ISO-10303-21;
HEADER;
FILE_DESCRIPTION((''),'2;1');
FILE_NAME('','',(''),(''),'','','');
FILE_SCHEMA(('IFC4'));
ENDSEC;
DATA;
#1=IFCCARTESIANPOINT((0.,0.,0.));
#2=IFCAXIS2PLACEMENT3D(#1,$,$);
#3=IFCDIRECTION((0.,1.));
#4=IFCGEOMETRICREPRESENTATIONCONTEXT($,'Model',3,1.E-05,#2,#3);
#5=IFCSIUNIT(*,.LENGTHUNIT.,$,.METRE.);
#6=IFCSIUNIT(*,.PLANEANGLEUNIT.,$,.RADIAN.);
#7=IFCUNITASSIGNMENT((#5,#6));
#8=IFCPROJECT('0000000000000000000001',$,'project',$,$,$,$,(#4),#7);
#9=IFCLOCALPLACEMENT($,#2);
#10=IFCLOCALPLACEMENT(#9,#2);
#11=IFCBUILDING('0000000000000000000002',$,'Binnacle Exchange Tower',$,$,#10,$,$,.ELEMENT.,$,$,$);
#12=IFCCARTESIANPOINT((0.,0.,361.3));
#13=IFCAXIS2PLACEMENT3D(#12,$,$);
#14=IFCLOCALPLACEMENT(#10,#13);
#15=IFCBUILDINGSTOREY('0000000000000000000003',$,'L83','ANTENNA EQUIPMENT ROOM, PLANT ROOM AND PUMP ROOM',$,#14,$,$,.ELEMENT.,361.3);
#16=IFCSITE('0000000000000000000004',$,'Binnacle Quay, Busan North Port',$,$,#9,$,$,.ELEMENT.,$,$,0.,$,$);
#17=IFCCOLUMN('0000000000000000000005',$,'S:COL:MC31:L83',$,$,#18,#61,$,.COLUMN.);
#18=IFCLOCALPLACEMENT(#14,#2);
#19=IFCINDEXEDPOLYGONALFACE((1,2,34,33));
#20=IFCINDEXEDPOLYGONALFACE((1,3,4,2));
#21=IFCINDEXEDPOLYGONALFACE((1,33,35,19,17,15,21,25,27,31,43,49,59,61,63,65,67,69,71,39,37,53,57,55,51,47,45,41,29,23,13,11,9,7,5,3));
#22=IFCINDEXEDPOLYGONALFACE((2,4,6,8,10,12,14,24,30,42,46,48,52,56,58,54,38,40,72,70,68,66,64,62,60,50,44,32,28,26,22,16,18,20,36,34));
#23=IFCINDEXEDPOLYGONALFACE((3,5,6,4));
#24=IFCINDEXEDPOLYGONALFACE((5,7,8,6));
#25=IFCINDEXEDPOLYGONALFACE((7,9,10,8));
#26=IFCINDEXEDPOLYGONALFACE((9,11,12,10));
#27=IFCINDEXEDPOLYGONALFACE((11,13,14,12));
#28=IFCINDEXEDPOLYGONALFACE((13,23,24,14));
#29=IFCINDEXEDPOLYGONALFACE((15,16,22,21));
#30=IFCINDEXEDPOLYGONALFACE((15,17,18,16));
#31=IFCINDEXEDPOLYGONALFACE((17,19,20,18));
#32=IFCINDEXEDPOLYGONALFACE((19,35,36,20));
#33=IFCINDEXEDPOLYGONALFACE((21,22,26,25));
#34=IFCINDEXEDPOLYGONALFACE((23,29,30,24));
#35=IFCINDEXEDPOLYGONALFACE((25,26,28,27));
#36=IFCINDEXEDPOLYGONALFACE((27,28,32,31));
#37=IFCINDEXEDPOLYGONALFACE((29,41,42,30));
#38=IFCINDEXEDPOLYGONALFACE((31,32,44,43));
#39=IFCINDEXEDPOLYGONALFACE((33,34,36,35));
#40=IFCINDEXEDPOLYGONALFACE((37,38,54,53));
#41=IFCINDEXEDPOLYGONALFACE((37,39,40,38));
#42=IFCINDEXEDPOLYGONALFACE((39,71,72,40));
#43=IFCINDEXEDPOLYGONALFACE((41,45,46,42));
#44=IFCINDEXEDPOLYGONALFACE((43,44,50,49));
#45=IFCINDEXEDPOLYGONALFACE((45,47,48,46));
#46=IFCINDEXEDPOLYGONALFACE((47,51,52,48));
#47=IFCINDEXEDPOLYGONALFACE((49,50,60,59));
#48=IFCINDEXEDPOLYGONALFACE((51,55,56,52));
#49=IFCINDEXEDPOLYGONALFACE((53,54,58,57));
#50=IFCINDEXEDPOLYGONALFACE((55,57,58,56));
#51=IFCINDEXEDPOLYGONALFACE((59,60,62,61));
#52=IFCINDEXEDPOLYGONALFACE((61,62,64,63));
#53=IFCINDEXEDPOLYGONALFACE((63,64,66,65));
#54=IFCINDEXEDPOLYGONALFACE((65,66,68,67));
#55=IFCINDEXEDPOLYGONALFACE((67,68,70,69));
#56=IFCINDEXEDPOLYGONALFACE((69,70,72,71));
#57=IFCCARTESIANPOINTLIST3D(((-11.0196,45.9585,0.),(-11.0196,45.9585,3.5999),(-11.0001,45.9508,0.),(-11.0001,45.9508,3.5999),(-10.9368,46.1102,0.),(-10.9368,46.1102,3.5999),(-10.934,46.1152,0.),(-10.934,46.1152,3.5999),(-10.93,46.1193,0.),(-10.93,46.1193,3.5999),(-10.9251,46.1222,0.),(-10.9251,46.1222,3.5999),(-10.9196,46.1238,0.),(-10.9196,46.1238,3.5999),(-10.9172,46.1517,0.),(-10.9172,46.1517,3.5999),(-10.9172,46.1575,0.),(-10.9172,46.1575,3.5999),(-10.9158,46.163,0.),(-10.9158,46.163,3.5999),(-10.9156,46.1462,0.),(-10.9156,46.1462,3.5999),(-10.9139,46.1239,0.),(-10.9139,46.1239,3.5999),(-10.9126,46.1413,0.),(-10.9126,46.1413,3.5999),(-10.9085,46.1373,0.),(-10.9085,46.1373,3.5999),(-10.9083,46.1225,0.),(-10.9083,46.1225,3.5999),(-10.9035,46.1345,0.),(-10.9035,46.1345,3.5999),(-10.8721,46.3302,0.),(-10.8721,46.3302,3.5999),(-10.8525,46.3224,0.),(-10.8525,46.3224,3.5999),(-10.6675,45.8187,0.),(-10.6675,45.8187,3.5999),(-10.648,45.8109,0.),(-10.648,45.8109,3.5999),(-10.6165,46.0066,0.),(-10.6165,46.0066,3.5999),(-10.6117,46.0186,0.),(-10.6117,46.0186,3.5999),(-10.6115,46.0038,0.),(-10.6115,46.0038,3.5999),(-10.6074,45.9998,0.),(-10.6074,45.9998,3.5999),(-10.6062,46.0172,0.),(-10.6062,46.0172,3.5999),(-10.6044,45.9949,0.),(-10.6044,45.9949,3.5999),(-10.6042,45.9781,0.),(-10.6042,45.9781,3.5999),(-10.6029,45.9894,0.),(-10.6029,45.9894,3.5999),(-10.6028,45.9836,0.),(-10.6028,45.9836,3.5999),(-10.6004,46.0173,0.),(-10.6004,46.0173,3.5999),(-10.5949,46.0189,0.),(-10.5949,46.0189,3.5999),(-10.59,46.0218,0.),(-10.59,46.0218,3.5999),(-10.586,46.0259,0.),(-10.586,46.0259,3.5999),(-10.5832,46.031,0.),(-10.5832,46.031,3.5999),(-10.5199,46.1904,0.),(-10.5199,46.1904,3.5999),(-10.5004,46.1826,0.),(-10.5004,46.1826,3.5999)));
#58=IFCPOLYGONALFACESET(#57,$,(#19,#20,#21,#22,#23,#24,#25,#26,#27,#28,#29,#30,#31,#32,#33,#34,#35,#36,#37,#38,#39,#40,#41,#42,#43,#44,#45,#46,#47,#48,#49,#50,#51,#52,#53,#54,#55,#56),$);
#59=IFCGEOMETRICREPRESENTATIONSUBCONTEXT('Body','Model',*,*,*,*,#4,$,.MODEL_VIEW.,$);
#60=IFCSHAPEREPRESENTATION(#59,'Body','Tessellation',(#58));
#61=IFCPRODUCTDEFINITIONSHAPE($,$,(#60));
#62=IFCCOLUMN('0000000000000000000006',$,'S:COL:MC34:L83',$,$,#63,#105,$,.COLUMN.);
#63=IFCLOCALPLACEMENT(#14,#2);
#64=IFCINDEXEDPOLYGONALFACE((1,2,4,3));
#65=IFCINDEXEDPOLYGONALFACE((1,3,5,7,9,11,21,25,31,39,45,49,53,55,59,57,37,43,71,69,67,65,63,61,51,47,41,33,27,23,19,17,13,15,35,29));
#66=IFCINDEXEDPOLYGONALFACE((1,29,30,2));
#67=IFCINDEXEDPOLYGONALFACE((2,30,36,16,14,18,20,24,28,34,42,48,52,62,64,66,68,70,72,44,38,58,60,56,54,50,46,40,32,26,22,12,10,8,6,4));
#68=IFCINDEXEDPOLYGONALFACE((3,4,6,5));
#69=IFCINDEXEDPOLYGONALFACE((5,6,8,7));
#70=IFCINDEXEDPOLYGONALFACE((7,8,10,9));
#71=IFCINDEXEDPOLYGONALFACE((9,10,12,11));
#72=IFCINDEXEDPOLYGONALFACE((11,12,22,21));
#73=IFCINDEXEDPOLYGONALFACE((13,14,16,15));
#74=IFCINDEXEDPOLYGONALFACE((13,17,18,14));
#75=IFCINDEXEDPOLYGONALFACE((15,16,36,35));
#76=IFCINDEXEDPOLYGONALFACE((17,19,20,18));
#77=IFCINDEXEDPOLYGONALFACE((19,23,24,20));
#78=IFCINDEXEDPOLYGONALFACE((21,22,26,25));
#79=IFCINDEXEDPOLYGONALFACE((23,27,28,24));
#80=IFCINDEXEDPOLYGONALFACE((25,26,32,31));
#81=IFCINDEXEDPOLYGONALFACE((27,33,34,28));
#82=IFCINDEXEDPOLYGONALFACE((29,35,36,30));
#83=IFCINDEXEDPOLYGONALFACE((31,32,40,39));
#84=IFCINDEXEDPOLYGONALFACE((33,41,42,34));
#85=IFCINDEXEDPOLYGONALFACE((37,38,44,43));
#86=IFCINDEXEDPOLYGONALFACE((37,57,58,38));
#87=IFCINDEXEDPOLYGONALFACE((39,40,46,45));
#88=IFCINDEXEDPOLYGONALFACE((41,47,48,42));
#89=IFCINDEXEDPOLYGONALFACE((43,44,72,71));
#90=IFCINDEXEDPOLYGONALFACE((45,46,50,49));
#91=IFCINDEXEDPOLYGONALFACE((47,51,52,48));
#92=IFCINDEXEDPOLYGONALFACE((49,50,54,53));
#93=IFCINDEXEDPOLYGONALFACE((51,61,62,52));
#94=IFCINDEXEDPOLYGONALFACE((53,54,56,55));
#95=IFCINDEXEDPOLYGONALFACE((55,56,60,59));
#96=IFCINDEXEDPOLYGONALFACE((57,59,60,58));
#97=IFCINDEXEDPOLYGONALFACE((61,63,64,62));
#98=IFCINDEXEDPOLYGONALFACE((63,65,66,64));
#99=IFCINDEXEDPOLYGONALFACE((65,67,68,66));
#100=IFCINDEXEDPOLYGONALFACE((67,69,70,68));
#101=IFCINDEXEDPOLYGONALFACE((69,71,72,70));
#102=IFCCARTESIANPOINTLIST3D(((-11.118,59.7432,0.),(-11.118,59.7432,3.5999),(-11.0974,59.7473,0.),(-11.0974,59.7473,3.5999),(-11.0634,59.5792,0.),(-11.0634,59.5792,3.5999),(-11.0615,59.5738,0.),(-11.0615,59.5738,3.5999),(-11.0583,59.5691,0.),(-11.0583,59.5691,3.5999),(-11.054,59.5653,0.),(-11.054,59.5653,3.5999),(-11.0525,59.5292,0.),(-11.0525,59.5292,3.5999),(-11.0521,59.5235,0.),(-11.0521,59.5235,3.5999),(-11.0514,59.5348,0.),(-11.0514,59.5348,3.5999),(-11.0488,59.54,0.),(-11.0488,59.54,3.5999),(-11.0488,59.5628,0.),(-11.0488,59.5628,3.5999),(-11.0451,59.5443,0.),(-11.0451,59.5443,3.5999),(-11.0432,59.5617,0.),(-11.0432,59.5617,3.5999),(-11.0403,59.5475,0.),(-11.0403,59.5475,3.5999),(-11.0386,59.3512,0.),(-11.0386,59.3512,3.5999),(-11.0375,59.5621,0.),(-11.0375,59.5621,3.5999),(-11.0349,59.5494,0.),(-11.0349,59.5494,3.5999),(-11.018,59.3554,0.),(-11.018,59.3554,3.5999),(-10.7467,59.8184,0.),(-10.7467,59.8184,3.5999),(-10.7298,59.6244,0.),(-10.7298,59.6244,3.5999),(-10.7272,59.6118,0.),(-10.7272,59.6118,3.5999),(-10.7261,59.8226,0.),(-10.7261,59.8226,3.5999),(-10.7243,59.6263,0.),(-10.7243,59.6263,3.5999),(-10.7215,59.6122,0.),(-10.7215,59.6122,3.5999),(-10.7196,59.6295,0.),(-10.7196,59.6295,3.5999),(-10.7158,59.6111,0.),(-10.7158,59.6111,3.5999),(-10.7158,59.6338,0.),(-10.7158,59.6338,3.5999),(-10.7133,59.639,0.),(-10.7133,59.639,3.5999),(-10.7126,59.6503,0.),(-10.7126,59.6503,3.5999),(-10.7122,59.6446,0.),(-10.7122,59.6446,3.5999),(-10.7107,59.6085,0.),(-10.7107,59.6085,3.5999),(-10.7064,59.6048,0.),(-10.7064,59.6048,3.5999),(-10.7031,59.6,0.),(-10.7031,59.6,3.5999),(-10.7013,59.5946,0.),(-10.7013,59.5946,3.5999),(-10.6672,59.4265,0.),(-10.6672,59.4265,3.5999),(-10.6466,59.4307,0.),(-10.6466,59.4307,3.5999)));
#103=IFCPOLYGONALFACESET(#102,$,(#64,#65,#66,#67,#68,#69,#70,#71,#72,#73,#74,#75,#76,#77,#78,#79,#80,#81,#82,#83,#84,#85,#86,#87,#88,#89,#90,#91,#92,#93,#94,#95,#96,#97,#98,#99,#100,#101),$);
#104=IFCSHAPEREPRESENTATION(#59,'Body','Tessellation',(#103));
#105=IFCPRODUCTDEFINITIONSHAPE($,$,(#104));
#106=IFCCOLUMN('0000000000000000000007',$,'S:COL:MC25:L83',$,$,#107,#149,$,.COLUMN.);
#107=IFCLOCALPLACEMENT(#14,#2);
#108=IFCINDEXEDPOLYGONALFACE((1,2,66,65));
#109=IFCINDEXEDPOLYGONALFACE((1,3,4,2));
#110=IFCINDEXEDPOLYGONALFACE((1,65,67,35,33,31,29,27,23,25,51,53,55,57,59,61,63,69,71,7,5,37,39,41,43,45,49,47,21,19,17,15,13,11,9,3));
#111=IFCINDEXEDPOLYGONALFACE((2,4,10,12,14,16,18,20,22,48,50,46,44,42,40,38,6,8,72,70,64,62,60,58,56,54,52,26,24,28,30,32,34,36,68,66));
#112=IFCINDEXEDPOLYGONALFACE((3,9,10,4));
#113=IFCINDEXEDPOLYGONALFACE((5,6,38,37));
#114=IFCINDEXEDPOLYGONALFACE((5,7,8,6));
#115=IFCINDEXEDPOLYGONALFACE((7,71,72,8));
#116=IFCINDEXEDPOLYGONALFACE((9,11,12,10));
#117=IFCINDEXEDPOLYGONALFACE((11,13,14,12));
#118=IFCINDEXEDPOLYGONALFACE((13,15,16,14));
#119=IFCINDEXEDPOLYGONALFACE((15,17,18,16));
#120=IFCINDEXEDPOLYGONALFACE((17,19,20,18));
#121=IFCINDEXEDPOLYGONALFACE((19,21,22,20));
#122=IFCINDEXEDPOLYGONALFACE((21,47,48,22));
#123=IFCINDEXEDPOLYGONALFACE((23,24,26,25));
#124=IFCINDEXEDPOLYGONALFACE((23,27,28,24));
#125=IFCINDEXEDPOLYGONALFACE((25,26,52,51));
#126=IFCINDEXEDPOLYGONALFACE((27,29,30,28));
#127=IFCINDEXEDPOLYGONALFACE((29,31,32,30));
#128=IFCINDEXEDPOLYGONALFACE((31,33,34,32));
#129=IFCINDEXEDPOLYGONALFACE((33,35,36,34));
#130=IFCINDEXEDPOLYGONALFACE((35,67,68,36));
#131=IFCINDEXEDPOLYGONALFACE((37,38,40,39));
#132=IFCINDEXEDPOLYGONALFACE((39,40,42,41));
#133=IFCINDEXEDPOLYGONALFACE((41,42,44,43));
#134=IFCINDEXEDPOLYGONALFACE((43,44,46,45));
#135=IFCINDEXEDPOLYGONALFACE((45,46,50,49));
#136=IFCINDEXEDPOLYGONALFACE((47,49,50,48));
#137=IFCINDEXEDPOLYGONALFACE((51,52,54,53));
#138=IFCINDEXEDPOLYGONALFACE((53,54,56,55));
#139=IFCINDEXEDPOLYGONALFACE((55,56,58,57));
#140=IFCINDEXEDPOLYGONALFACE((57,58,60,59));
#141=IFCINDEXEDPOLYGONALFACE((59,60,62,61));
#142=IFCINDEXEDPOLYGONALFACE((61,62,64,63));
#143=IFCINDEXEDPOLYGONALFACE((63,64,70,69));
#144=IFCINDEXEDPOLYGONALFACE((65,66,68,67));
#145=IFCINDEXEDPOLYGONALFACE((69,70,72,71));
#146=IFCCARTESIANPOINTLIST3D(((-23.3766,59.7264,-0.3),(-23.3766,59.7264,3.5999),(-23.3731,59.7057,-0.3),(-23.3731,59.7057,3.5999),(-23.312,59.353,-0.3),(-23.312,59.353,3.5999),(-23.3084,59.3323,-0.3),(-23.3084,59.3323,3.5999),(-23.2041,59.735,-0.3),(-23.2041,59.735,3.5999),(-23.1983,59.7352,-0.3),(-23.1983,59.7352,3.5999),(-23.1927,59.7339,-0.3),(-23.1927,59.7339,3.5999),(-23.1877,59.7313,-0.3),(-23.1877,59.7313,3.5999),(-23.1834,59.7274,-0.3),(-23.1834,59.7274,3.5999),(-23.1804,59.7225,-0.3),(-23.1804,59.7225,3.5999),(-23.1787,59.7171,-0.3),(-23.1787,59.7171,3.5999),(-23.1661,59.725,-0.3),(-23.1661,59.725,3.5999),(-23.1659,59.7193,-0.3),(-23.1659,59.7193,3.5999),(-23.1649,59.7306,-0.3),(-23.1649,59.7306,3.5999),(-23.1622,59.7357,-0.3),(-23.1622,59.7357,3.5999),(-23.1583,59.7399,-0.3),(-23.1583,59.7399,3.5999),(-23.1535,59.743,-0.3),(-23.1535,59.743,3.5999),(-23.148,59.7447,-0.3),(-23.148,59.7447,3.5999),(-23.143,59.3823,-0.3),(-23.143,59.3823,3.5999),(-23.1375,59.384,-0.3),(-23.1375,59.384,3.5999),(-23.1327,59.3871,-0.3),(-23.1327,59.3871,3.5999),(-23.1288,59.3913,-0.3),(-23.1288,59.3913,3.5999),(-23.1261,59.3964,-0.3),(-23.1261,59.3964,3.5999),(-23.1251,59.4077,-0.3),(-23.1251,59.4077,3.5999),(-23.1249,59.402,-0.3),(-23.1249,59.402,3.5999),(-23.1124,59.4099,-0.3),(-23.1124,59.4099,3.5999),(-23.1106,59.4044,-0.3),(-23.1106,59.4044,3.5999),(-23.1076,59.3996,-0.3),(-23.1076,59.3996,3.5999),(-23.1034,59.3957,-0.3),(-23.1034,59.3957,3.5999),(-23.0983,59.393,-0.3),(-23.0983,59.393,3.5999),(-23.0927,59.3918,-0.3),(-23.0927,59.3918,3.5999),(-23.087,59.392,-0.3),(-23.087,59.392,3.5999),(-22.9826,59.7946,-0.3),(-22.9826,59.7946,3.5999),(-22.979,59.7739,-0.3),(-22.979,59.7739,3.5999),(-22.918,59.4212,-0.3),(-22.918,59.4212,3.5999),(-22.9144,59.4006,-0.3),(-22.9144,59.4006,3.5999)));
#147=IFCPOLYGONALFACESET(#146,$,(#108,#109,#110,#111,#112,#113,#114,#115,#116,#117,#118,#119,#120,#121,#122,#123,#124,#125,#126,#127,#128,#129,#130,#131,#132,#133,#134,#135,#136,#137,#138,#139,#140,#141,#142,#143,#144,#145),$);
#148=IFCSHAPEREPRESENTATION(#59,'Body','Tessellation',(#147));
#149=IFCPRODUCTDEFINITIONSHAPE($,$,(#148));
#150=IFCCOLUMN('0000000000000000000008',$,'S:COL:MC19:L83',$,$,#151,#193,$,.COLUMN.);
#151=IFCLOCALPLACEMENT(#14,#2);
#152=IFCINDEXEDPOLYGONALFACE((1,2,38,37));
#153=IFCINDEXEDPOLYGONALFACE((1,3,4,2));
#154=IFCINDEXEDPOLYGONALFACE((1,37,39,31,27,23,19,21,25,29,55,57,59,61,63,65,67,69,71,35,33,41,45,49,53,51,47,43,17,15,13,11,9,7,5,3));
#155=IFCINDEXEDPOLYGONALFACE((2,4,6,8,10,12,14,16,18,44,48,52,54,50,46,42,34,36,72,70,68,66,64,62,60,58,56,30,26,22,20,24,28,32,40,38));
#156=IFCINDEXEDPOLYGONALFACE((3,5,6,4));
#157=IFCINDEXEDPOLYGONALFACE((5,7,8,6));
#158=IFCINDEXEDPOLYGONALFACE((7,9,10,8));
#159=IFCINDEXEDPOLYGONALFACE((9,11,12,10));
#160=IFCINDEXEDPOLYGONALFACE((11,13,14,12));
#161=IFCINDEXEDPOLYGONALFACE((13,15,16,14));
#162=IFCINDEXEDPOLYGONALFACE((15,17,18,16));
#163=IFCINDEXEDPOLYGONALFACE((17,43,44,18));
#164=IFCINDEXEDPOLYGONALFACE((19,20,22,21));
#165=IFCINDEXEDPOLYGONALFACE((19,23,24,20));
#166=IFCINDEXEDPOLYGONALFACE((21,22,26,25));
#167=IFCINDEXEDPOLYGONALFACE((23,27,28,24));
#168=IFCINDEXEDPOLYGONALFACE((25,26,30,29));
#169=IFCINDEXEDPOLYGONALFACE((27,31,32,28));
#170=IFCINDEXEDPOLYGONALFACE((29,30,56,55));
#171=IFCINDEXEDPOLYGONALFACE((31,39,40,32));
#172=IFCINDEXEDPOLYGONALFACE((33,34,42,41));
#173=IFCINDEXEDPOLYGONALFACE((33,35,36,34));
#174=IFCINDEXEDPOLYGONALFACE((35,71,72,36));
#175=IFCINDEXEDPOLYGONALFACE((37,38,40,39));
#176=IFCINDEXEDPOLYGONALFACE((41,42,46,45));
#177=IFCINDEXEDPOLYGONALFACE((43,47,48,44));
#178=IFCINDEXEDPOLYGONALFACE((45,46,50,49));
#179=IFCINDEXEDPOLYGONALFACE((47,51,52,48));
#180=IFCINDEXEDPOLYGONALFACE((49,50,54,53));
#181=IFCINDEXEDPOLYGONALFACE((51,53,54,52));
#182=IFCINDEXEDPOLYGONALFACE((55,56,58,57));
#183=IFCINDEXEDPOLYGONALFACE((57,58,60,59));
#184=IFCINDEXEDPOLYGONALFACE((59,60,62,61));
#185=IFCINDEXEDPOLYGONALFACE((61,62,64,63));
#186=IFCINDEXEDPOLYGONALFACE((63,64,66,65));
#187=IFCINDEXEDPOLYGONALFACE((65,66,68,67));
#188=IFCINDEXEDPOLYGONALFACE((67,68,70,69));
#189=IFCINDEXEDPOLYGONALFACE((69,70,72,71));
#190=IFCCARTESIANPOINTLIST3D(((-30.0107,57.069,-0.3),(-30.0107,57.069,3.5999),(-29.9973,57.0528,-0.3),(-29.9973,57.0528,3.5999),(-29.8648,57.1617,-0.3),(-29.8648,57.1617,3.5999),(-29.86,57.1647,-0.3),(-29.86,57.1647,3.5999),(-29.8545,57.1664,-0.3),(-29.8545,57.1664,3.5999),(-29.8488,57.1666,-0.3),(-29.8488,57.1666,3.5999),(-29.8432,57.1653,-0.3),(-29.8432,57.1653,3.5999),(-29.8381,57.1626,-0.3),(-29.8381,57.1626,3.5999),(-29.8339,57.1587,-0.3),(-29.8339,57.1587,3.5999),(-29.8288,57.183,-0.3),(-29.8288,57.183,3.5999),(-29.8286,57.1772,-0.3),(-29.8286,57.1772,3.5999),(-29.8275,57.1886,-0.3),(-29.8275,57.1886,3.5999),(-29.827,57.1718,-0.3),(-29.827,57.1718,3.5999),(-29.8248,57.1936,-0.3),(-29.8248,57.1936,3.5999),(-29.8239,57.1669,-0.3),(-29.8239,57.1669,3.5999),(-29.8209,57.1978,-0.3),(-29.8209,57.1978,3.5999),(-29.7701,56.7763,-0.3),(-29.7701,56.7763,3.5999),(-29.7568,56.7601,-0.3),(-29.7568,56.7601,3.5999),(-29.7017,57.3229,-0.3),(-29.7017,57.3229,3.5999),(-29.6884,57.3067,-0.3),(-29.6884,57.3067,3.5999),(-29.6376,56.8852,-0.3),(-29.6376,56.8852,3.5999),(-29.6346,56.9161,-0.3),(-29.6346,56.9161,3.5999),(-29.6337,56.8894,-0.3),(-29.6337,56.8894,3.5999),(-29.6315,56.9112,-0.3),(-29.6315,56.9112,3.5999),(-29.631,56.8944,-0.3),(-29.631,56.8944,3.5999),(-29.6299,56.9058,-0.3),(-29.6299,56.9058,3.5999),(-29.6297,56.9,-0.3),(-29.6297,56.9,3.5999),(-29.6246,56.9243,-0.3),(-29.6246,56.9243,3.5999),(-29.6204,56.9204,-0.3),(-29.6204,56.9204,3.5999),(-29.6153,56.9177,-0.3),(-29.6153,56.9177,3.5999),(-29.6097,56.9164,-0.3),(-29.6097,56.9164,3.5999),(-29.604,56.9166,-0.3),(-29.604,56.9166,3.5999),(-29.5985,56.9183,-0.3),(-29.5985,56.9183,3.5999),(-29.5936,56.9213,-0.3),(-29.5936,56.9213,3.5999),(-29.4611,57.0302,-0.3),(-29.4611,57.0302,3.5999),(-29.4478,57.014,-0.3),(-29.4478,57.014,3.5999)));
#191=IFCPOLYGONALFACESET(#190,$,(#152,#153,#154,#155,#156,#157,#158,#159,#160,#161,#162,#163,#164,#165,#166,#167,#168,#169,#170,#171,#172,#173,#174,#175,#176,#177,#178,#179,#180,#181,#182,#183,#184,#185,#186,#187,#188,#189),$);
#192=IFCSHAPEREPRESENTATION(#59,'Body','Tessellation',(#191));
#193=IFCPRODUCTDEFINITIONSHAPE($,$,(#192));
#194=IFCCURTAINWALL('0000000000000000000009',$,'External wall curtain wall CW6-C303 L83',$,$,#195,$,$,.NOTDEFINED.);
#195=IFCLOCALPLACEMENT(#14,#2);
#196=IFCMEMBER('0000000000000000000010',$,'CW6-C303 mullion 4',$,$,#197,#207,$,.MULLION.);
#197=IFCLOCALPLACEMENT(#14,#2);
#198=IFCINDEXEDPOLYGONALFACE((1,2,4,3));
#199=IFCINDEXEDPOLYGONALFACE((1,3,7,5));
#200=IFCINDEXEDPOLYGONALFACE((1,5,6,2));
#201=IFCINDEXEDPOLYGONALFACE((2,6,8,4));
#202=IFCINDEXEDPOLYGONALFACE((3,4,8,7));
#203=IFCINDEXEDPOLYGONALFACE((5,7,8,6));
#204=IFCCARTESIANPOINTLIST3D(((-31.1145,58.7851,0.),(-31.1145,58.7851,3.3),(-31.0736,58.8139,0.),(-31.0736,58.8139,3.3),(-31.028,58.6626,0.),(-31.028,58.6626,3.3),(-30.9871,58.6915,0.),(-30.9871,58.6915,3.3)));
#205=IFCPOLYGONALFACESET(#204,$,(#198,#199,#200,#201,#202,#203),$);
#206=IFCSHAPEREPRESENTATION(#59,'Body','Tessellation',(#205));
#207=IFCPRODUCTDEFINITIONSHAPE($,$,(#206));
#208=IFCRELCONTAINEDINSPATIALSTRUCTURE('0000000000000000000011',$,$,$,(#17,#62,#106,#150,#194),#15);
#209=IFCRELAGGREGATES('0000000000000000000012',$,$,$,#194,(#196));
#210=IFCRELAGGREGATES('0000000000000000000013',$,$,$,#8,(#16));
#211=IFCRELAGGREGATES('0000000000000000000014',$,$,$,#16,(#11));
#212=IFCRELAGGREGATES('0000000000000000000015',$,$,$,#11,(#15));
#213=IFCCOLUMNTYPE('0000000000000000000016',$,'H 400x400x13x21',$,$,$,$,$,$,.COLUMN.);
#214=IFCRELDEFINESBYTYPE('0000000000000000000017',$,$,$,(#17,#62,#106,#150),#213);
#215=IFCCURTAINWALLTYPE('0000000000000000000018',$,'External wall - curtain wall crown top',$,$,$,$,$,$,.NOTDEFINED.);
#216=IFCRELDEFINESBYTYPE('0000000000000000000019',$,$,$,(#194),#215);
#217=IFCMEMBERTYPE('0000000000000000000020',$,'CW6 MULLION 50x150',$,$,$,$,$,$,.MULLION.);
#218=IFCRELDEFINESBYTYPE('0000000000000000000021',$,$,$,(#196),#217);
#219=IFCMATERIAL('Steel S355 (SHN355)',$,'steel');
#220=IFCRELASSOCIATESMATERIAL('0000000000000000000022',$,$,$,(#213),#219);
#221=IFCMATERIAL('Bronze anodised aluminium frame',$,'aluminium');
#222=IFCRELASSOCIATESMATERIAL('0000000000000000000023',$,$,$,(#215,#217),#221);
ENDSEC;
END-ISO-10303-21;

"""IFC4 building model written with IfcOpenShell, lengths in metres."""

from ifc_helpers import new_model, si_unit, direction, frame, origin, origin_2d, place, context, subcontext, project, spatial, rectangle, i_section, extrude, material, material_profile, profile_set, type_object, element, aggregate, save


model = new_model("IFC4")

# Units and contexts
model_context = context("Model", 3, precision=1e-05, world=origin(), true_north=direction((0.0, 1.0)))
body_context = subcontext(model_context, "Body", "Model", "MODEL_VIEW")
ifc_project = project(units=[si_unit("LENGTHUNIT", "METRE"), si_unit("PLANEANGLEUNIT", "RADIAN")], contexts=[model_context])

# Site, building, storey
site_placement = place(None, origin())
site = spatial("IfcSite", under=ifc_project, at=site_placement, Name="Binnacle Quay, Busan North Port", CompositionType="ELEMENT", RefElevation=0.0)
building_placement = place(site_placement, origin())
building = spatial("IfcBuilding", under=site, at=building_placement, Name="Binnacle Exchange Tower", CompositionType="ELEMENT")
storey_placement = place(building_placement, frame((0.0, 0.0, 361.3)))
storey = spatial("IfcBuildingStorey", under=building, at=storey_placement, Name="L83", Description="ANTENNA EQUIPMENT ROOM, PLANT ROOM AND PUMP ROOM", CompositionType="ELEMENT", Elevation=361.3)

# Columns
ifc_material_1 = material(Name="Steel S355 (SHN355)", Category="steel")
ifc_material_profile_1 = material_profile(ifc_material_1, i_section(OverallWidth=0.3999, OverallDepth=0.3999, WebThickness=0.0129, FlangeThickness=0.021, FilletRadius=0.022, at=origin_2d()), Name="H 400x400x13x21")
ifc_profile_set_1 = profile_set([ifc_material_profile_1], Name="Steel S355 (SHN355)")
column_type = type_object("IfcColumnType", Name="H 400x400x13x21", PredefinedType="COLUMN", material=ifc_profile_set_1)
for number, where, z_axis, x_axis, name in (
    (1, (-10.76, 46.0706, 0.0), (0.0, 0.0, 1.0), (0.369033, 0.929416, 0.0), "S:COL:MC31:L83"),
    (2, (-10.8823, 59.5869, 0.0), (0.0, 0.0, 1.0), (-0.198667, 0.980067, 0.0), "S:COL:MC34:L83"),
):
    element("IfcColumn", number, at=place(storey_placement, frame(where, z_axis=z_axis, x_axis=x_axis)), inside=storey, type_object=column_type, Name=name, PredefinedType="COLUMN", context=body_context, shape_type="SweptSolid", body=[
        extrude(i_section(OverallWidth=0.3999, OverallDepth=0.3999, WebThickness=0.0129, FlangeThickness=0.021, FilletRadius=0.022, at=origin_2d()), origin(), (0.0, 0.0, 1.0), 3.5999),
    ])
for number, where, z_axis, x_axis, name in (
    (3, (-23.1455, 59.5635, -0.3), (0.0, 0.0, 1.0), (0.985345, 0.170571, 0.0), "S:COL:MC25:L83"),
    (4, (-29.7292, 57.0415, -0.3), (0.0, 0.0, 1.0), (-0.772556, -0.634946, 0.0), "S:COL:MC19:L83"),
):
    element("IfcColumn", number, at=place(storey_placement, frame(where, z_axis=z_axis, x_axis=x_axis)), inside=storey, type_object=column_type, Name=name, PredefinedType="COLUMN", context=body_context, shape_type="SweptSolid", body=[
        extrude(i_section(OverallWidth=0.3999, OverallDepth=0.3999, WebThickness=0.0129, FlangeThickness=0.021, FilletRadius=0.022, at=origin_2d()), origin(), (0.0, 0.0, 1.0), 3.8999),
    ])

# Curtain wall, member
ifc_material_2 = material(Name="Bronze anodised aluminium frame", Category="aluminium")
curtain_wall_type = type_object("IfcCurtainWallType", Name="External wall - curtain wall crown top", PredefinedType="NOTDEFINED", material=ifc_material_2)
curtain_wall_1_placement = place(storey_placement, origin())
curtain_wall_1 = element("IfcCurtainWall", 5, at=curtain_wall_1_placement, inside=storey, type_object=curtain_wall_type, Name="External wall curtain wall CW6-C303 L83", PredefinedType="NOTDEFINED")
ifc_material_profile_2 = material_profile(ifc_material_2, rectangle(XDim=0.1499, YDim=0.05, at=origin_2d()), Name="AL 50x150")
ifc_profile_set_2 = profile_set([ifc_material_profile_2], Name="Bronze anodised aluminium frame")
member_type_1 = type_object("IfcMemberType", Name="CW6 MULLION 50x150", PredefinedType="MULLION", material=ifc_profile_set_2)
member_1_placement = place(storey_placement, frame((-31.0508, 58.7383, 0.0), z_axis=(0.0, 0.0, 1.0), x_axis=(0.576854, -0.816847, 0.0)))
member_1 = element("IfcMember", 6, at=member_1_placement, type_object=member_type_1, Name="CW6-C303 mullion 4", PredefinedType="MULLION", context=body_context, shape_type="SweptSolid", body=[
    extrude(rectangle(XDim=0.1499, YDim=0.05, at=origin_2d()), origin(), (0.0, 0.0, 1.0), 3.3),
])

aggregate(curtain_wall_1, [member_1])

save(model, "model.ifc")
